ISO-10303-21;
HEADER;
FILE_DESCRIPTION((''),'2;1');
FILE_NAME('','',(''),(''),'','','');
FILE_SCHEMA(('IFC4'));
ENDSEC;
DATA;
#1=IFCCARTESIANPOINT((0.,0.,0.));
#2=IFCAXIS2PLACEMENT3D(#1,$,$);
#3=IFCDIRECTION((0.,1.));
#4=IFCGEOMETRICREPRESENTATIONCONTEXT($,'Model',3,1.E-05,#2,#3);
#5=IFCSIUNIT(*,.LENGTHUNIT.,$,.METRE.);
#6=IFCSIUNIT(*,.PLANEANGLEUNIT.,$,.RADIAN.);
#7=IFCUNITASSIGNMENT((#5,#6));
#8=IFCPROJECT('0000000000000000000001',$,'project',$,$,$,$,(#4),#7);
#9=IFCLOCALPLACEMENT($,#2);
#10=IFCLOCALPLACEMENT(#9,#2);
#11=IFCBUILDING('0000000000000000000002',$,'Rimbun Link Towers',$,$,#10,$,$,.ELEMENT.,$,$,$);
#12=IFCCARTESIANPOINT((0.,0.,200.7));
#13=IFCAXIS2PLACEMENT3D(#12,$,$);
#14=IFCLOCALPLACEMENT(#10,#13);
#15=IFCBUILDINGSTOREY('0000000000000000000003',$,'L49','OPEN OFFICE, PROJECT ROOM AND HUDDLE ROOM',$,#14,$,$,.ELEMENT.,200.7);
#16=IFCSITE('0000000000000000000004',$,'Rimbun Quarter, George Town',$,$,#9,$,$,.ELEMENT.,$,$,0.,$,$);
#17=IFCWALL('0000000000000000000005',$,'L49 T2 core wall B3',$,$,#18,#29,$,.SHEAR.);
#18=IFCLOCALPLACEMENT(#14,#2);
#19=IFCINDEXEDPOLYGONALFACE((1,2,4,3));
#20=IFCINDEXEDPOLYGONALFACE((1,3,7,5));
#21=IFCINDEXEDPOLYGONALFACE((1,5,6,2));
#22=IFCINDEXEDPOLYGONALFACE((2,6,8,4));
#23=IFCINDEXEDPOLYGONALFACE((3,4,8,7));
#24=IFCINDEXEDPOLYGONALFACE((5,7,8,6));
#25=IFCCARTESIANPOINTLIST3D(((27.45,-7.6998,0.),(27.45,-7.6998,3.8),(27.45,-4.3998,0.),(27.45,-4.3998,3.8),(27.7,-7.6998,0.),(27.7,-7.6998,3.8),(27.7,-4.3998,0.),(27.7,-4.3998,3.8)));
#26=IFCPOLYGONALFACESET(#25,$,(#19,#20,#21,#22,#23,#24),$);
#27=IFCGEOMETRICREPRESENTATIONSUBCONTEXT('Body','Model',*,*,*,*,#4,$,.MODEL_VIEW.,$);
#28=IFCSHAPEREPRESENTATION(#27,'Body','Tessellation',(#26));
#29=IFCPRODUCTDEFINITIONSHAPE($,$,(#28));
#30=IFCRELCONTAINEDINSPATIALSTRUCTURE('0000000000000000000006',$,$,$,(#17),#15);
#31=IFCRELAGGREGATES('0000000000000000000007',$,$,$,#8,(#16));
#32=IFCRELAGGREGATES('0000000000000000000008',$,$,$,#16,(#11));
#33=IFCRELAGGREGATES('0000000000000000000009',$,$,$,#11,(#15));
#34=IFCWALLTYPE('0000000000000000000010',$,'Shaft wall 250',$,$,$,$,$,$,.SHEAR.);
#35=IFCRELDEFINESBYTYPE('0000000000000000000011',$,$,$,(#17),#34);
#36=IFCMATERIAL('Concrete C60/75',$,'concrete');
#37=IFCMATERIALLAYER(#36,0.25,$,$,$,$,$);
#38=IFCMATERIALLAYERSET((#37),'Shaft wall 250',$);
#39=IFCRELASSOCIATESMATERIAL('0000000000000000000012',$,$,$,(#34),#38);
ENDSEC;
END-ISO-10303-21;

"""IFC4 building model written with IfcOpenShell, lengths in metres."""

from ifc_helpers import new_model, si_unit, direction, frame, frame_2d, origin, place, context, subcontext, project, spatial, rectangle, extrude, material, layer, layer_set, type_object, element, save


model = new_model("IFC4")

# Units and contexts
model_context = context("Model", 3, precision=1e-05, world=origin(), true_north=direction((0.0, 1.0)))
body_context = subcontext(model_context, "Body", "Model", "MODEL_VIEW")
ifc_project = project(units=[si_unit("LENGTHUNIT", "METRE"), si_unit("PLANEANGLEUNIT", "RADIAN")], contexts=[model_context])

# Site, building, storey
site_placement = place(None, origin())
site = spatial("IfcSite", under=ifc_project, at=site_placement, Name="Rimbun Quarter, George Town", CompositionType="ELEMENT", RefElevation=0.0)
building_placement = place(site_placement, origin())
building = spatial("IfcBuilding", under=site, at=building_placement, Name="Rimbun Link Towers", CompositionType="ELEMENT")
storey_placement = place(building_placement, frame((0.0, 0.0, 200.7)))
storey = spatial("IfcBuildingStorey", under=building, at=storey_placement, Name="L49", Description="OPEN OFFICE, PROJECT ROOM AND HUDDLE ROOM", CompositionType="ELEMENT", Elevation=200.7)

# Shared definitions
ifc_material_1 = material(Name="Concrete C60/75", Category="concrete")
ifc_layer_1 = layer(ifc_material_1, 0.25)
ifc_layer_set_1 = layer_set([ifc_layer_1], Name="Shaft wall 250")
wall_type_1 = type_object("IfcWallType", Name="Shaft wall 250", PredefinedType="SHEAR", material=ifc_layer_set_1)

# Wall
wall_1_placement = place(storey_placement, frame((27.575, -4.3999, 0.0), z_axis=(0.0, 0.0, 1.0), x_axis=(0.0, -1.0, 0.0)))
element("IfcWall", 1, at=wall_1_placement, inside=storey, type_object=wall_type_1, Name="L49 T2 core wall B3", PredefinedType="SHEAR", context=body_context, shape_type="SweptSolid", body=[
    extrude(rectangle(XDim=3.3, YDim=0.25, at=frame_2d((1.6499, 0.0))), origin(), (0.0, 0.0, 1.0), 3.8),
])

save(model, "model.ifc")
